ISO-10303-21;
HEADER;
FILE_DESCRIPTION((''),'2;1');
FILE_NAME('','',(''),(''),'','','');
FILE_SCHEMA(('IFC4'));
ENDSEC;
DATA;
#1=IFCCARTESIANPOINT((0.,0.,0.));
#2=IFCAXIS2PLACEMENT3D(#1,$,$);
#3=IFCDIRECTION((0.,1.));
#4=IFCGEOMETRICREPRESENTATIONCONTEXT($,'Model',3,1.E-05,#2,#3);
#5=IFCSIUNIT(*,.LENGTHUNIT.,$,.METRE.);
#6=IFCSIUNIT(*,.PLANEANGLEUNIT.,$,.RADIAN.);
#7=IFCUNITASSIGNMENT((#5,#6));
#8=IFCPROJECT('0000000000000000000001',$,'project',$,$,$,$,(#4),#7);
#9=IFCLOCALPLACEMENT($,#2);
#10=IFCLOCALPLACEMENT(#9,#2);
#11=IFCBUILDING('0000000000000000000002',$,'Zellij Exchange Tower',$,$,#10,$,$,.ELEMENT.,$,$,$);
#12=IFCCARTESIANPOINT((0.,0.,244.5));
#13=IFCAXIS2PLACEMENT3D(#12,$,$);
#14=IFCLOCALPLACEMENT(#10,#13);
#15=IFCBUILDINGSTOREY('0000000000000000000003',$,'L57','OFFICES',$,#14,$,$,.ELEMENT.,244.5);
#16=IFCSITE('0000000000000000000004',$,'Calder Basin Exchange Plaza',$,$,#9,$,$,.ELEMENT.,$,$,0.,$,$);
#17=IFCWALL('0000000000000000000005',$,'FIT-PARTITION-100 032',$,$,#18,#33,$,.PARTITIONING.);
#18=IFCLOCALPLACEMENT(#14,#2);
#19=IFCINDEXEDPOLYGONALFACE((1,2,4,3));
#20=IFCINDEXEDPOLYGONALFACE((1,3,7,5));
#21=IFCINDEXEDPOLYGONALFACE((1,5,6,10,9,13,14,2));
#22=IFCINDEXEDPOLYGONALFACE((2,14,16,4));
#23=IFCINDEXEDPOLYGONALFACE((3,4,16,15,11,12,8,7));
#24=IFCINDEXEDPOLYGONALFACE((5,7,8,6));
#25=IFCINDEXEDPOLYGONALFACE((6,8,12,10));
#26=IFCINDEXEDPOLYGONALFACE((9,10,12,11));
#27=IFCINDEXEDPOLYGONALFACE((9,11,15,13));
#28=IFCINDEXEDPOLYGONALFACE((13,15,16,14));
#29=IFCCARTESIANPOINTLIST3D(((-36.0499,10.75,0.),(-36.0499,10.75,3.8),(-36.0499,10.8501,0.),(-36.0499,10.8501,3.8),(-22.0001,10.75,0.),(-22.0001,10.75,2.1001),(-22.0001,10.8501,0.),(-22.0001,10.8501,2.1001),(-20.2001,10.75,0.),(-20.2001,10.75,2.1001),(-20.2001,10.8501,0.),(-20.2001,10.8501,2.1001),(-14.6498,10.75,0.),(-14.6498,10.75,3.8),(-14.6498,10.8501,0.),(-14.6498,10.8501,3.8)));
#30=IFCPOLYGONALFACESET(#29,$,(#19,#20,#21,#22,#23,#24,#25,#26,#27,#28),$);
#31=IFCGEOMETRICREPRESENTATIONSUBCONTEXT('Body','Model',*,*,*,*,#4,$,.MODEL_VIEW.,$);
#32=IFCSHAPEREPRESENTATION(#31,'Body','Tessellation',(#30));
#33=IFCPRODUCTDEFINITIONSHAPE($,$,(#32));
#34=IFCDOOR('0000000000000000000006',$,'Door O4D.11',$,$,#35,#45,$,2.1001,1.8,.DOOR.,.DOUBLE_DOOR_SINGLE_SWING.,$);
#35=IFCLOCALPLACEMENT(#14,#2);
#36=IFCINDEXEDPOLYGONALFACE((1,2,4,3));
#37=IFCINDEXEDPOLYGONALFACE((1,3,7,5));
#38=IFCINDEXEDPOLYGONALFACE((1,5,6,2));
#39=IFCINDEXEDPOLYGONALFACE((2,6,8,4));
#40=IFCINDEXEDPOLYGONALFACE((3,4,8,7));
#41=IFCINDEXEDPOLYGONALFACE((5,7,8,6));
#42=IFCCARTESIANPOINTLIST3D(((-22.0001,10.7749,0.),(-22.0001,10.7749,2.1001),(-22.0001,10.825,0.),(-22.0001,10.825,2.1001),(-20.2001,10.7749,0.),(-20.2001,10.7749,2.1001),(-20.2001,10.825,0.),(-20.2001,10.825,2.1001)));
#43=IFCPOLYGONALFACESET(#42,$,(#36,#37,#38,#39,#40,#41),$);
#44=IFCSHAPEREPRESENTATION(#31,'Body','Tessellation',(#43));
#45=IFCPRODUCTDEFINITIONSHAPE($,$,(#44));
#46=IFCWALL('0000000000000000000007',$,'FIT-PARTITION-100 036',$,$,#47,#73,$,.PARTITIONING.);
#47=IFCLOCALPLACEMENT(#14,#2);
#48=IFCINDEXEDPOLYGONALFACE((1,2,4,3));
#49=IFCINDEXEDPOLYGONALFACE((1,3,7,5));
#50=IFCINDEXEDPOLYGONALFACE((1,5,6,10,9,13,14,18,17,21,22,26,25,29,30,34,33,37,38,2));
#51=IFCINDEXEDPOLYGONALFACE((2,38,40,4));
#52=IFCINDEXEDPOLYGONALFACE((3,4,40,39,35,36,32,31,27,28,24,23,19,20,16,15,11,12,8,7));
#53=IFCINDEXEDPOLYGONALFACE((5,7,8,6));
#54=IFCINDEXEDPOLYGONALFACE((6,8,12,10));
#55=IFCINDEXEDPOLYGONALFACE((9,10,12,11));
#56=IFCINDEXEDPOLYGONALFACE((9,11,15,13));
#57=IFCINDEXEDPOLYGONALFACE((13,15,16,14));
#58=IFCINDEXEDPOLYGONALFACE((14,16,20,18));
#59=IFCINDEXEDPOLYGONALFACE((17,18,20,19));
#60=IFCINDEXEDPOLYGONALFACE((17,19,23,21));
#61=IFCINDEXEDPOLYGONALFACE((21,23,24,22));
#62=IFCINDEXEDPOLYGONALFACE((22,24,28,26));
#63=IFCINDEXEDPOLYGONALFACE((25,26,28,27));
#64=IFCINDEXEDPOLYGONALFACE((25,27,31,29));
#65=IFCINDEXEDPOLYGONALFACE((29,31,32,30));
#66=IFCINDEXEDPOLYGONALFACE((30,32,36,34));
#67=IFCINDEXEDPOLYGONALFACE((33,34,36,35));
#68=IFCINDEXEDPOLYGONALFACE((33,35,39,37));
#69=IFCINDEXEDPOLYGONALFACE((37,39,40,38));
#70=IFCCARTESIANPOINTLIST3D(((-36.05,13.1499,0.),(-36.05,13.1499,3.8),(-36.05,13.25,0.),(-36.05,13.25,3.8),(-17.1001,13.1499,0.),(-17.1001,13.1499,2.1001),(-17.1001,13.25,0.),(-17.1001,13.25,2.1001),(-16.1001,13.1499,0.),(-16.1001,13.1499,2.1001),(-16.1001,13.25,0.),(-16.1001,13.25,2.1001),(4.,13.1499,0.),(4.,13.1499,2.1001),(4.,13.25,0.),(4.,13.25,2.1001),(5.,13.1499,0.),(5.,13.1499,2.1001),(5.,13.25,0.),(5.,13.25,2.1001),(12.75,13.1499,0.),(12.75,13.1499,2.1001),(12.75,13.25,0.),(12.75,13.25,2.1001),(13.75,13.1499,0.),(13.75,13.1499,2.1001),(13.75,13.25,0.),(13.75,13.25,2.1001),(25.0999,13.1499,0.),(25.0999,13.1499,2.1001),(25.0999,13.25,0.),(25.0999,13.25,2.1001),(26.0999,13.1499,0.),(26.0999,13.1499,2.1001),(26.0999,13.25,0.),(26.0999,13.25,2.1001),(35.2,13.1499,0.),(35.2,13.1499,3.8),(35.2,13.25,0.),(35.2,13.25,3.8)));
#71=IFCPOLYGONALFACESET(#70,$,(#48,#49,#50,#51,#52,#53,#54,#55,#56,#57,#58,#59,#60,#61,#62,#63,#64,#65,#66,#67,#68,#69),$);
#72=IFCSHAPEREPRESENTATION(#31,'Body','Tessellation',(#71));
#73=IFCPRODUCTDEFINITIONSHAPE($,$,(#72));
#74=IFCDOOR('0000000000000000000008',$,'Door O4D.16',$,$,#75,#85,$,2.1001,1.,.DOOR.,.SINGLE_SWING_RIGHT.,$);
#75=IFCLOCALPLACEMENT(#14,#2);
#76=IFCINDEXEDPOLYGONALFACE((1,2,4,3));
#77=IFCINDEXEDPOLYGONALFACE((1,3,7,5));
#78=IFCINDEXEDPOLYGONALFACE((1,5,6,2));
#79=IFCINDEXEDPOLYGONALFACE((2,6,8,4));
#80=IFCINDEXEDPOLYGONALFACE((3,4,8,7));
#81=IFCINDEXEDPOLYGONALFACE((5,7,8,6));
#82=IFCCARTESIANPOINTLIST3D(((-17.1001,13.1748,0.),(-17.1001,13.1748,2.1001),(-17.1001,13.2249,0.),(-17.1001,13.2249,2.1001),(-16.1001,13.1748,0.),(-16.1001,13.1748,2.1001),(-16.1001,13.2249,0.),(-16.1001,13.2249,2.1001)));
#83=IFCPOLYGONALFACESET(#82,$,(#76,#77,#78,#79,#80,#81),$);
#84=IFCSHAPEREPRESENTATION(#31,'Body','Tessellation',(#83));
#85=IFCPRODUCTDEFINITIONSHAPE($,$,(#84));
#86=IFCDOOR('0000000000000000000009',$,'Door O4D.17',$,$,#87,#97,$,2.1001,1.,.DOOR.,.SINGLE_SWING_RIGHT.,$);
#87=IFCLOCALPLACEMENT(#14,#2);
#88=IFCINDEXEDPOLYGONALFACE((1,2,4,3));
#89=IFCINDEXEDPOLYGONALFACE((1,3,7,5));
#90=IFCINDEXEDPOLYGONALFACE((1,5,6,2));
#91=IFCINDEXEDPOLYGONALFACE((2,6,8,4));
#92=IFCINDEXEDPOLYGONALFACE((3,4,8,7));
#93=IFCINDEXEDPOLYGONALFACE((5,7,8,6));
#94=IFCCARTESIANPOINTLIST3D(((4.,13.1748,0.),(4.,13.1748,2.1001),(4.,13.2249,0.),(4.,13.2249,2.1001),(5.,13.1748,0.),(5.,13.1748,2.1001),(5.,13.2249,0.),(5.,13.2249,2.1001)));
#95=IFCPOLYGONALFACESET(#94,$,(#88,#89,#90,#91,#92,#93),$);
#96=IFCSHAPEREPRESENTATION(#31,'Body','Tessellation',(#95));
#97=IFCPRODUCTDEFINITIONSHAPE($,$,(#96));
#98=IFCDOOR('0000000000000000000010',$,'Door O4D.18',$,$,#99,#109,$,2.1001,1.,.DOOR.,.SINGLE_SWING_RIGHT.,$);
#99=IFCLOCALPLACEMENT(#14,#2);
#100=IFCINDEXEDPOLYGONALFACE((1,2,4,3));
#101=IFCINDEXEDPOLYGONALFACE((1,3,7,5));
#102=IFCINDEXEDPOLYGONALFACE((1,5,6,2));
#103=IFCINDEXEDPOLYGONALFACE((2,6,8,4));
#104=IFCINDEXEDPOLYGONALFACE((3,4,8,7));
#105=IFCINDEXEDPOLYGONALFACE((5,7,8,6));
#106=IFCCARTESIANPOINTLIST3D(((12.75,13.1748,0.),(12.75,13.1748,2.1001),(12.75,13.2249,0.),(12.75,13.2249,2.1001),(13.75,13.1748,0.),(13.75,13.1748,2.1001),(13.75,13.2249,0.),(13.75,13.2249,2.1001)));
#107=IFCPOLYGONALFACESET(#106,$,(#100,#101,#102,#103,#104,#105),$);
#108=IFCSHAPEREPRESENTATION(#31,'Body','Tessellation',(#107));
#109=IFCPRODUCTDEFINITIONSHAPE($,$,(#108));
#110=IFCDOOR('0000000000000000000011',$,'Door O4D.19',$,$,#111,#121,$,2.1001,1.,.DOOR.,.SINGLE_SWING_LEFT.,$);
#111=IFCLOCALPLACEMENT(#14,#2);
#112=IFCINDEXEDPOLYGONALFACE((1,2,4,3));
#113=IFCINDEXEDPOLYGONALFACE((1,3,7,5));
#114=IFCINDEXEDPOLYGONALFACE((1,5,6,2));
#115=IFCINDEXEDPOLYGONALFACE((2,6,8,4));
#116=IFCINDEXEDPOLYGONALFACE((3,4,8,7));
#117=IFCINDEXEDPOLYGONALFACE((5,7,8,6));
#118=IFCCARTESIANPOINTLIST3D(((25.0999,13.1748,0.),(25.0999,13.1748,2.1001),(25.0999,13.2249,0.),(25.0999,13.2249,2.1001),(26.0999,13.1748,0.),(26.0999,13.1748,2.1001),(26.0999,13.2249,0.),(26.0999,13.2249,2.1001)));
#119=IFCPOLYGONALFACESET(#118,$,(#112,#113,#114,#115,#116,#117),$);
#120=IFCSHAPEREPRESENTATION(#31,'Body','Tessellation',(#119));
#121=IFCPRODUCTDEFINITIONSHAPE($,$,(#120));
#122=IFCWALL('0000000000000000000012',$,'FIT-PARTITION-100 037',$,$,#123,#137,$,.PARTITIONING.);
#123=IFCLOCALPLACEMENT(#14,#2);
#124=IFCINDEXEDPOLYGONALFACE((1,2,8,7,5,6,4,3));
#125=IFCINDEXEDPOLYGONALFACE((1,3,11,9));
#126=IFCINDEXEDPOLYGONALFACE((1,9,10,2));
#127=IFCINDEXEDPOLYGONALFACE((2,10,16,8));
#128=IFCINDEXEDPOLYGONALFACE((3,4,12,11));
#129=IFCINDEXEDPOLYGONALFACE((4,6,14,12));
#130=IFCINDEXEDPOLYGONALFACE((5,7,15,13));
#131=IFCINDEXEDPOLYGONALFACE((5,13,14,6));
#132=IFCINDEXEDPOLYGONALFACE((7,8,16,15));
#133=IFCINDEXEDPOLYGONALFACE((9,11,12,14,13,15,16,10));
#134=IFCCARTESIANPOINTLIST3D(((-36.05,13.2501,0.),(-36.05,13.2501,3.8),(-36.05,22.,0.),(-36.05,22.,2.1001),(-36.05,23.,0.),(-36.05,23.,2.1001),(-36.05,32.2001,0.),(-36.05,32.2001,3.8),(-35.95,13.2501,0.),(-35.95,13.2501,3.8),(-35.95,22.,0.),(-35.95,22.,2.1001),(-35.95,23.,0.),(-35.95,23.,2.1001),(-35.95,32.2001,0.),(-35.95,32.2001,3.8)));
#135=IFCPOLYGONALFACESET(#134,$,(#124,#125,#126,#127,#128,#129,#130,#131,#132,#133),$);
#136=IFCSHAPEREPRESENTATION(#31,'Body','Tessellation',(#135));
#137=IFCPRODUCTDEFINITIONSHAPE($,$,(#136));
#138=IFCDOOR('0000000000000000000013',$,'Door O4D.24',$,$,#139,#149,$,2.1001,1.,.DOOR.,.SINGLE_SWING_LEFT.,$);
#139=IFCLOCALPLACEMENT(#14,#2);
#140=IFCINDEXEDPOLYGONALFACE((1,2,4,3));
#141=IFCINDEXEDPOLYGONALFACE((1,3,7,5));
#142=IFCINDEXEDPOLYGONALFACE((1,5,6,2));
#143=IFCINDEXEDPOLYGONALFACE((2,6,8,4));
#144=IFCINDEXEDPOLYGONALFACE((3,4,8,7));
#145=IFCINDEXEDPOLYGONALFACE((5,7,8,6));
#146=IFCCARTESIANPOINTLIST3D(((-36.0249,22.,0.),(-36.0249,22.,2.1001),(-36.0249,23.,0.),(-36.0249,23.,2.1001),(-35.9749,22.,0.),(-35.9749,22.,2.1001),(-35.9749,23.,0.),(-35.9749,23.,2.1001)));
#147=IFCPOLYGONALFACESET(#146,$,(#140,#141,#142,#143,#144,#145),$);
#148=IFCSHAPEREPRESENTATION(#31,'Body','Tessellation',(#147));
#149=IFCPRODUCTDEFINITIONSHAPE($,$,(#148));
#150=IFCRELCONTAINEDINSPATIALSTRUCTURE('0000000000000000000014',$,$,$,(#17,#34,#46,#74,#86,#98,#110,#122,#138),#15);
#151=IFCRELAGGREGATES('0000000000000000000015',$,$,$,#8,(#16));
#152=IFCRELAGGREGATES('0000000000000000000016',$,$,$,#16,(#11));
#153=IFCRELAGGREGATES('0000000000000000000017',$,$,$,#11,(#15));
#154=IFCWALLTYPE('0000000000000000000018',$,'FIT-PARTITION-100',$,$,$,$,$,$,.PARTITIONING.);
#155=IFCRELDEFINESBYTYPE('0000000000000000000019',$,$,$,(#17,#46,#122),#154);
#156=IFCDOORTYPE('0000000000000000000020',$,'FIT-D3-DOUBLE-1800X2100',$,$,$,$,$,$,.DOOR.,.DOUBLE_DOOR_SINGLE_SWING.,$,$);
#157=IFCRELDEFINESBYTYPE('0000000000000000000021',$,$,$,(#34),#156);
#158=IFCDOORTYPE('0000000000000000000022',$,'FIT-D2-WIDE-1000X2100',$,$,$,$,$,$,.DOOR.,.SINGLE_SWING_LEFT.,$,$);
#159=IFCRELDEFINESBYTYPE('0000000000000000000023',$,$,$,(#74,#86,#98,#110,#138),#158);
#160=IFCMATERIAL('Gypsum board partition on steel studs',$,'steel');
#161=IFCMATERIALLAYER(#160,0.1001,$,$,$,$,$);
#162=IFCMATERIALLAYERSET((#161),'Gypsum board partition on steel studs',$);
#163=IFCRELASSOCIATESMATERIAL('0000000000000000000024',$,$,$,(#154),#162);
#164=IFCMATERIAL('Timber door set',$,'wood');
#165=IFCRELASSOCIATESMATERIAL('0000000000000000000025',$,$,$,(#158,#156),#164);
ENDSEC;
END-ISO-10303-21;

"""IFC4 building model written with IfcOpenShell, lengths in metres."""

from ifc_helpers import new_model, si_unit, direction, frame, frame_2d, origin, place, context, subcontext, project, spatial, rectangle, extrude, material, layer, layer_set, type_object, element, fill, save


model = new_model("IFC4")

# Units and contexts
model_context = context("Model", 3, precision=1e-05, world=origin(), true_north=direction((0.0, 1.0)))
body_context = subcontext(model_context, "Body", "Model", "MODEL_VIEW")
ifc_project = project(units=[si_unit("LENGTHUNIT", "METRE"), si_unit("PLANEANGLEUNIT", "RADIAN")], contexts=[model_context])

# Site, building, storey
site_placement = place(None, origin())
site = spatial("IfcSite", under=ifc_project, at=site_placement, Name="Calder Basin Exchange Plaza", CompositionType="ELEMENT", RefElevation=0.0)
building_placement = place(site_placement, origin())
building = spatial("IfcBuilding", under=site, at=building_placement, Name="Zellij Exchange Tower", CompositionType="ELEMENT")
storey_placement = place(building_placement, frame((0.0, 0.0, 244.5)))
storey = spatial("IfcBuildingStorey", under=building, at=storey_placement, Name="L57", Description="OFFICES", CompositionType="ELEMENT", Elevation=244.5)

# Shared definitions
ifc_material_1 = material(Name="Gypsum board partition on steel studs", Category="steel")
ifc_layer_1 = layer(ifc_material_1, 0.1001)
ifc_layer_set_1 = layer_set([ifc_layer_1], Name="Gypsum board partition on steel studs")
wall_type_1 = type_object("IfcWallType", Name="FIT-PARTITION-100", PredefinedType="PARTITIONING", material=ifc_layer_set_1)

# Shared definitions
ifc_material_2 = material(Name="Timber door set", Category="wood")
door_type_1 = type_object("IfcDoorType", Name="FIT-D2-WIDE-1000X2100", OperationType="SINGLE_SWING_LEFT", PredefinedType="DOOR", material=ifc_material_2)

# Wall, opening, door
wall_1_placement = place(storey_placement, frame((-36.05, 10.8, 0.0), z_axis=(0.0, 0.0, 1.0), x_axis=(1.0, 0.0, 0.0)))
wall_1 = element("IfcWall", 1, at=wall_1_placement, inside=storey, type_object=wall_type_1, Name="FIT-PARTITION-100 032", PredefinedType="PARTITIONING", context=body_context, shape_type="SweptSolid", body=[
    extrude(rectangle(XDim=21.4001, YDim=0.1001, at=frame_2d((10.7002, 0.0))), origin(), (0.0, 0.0, 1.0), 3.8),
])
opening_1_placement = place(wall_1_placement, frame((14.05, 0.0, 0.0)))
opening_1 = element("IfcOpeningElement", 2, at=opening_1_placement, cuts=wall_1, PredefinedType="OPENING", context=body_context, shape_type="SweptSolid", body=[
    extrude(rectangle(XDim=1.8, YDim=2.1001, at=frame_2d((0.8999, 1.05))), frame((0.0, 0.062, 0.0), z_axis=(0.0, -1.0, 0.0), x_axis=(1.0, 0.0, 0.0)), (0.0, 0.0, 1.0), 0.124),
])
door_type_2 = type_object("IfcDoorType", Name="FIT-D3-DOUBLE-1800X2100", OperationType="DOUBLE_DOOR_SINGLE_SWING", PredefinedType="DOOR", material=ifc_material_2)
door_1_placement = place(opening_1_placement, origin())
door_1 = element("IfcDoor", 3, at=door_1_placement, inside=storey, type_object=door_type_2, Name="Door O4D.11", OperationType="DOUBLE_DOOR_SINGLE_SWING", OverallHeight=2.1001, OverallWidth=1.8, PredefinedType="DOOR", context=body_context, shape_type="SweptSolid", body=[
    extrude(rectangle(XDim=1.8, YDim=2.1001, at=frame_2d((0.8999, 1.05))), frame((0.0, 0.0249, 0.0), z_axis=(0.0, -1.0, 0.0), x_axis=(1.0, 0.0, 0.0)), (0.0, 0.0, 1.0), 0.05),
])
fill(opening_1, door_1)

# Wall, openings, doors
wall_2_placement = place(storey_placement, frame((-36.05, 13.2, 0.0), z_axis=(0.0, 0.0, 1.0), x_axis=(1.0, 0.0, 0.0)))
wall_2 = element("IfcWall", 4, at=wall_2_placement, inside=storey, type_object=wall_type_1, Name="FIT-PARTITION-100 036", PredefinedType="PARTITIONING", context=body_context, shape_type="SweptSolid", body=[
    extrude(rectangle(XDim=71.25, YDim=0.1001, at=frame_2d((35.625, 0.0))), origin(), (0.0, 0.0, 1.0), 3.8),
])
opening_2_placement = place(wall_2_placement, frame((18.95, 0.0, 0.0)))
opening_2 = element("IfcOpeningElement", 5, at=opening_2_placement, cuts=wall_2, PredefinedType="OPENING", context=body_context, shape_type="SweptSolid", body=[
    extrude(rectangle(XDim=1.0, YDim=2.1001, at=frame_2d((0.5, 1.05))), frame((0.0, 0.062, 0.0), z_axis=(0.0, -1.0, 0.0), x_axis=(1.0, 0.0, 0.0)), (0.0, 0.0, 1.0), 0.124),
])
opening_3_placement = place(wall_2_placement, frame((40.05, 0.0, 0.0)))
opening_3 = element("IfcOpeningElement", 6, at=opening_3_placement, cuts=wall_2, PredefinedType="OPENING", context=body_context, shape_type="SweptSolid", body=[
    extrude(rectangle(XDim=1.0, YDim=2.1001, at=frame_2d((0.5, 1.05))), frame((0.0, 0.062, 0.0), z_axis=(0.0, -1.0, 0.0), x_axis=(1.0, 0.0, 0.0)), (0.0, 0.0, 1.0), 0.124),
])
opening_4_placement = place(wall_2_placement, frame((48.8, 0.0, 0.0)))
opening_4 = element("IfcOpeningElement", 7, at=opening_4_placement, cuts=wall_2, PredefinedType="OPENING", context=body_context, shape_type="SweptSolid", body=[
    extrude(rectangle(XDim=1.0, YDim=2.1001, at=frame_2d((0.5, 1.05))), frame((0.0, 0.062, 0.0), z_axis=(0.0, -1.0, 0.0), x_axis=(1.0, 0.0, 0.0)), (0.0, 0.0, 1.0), 0.124),
])
opening_5_placement = place(wall_2_placement, frame((61.1499, 0.0, 0.0)))
opening_5 = element("IfcOpeningElement", 8, at=opening_5_placement, cuts=wall_2, PredefinedType="OPENING", context=body_context, shape_type="SweptSolid", body=[
    extrude(rectangle(XDim=1.0, YDim=2.1001, at=frame_2d((0.5, 1.05))), frame((0.0, 0.062, 0.0), z_axis=(0.0, -1.0, 0.0), x_axis=(1.0, 0.0, 0.0)), (0.0, 0.0, 1.0), 0.124),
])
door_2_placement = place(opening_2_placement, origin())
door_2 = element("IfcDoor", 9, at=door_2_placement, inside=storey, type_object=door_type_1, Name="Door O4D.16", OperationType="SINGLE_SWING_RIGHT", OverallHeight=2.1001, OverallWidth=1.0, PredefinedType="DOOR", context=body_context, shape_type="SweptSolid", body=[
    extrude(rectangle(XDim=1.0, YDim=2.1001, at=frame_2d((0.5, 1.05))), frame((0.0, 0.0249, 0.0), z_axis=(0.0, -1.0, 0.0), x_axis=(1.0, 0.0, 0.0)), (0.0, 0.0, 1.0), 0.05),
])
fill(opening_2, door_2)
door_3_placement = place(opening_3_placement, origin())
door_3 = element("IfcDoor", 10, at=door_3_placement, inside=storey, type_object=door_type_1, Name="Door O4D.17", OperationType="SINGLE_SWING_RIGHT", OverallHeight=2.1001, OverallWidth=1.0, PredefinedType="DOOR", context=body_context, shape_type="SweptSolid", body=[
    extrude(rectangle(XDim=1.0, YDim=2.1001, at=frame_2d((0.5, 1.05))), frame((0.0, 0.0249, 0.0), z_axis=(0.0, -1.0, 0.0), x_axis=(1.0, 0.0, 0.0)), (0.0, 0.0, 1.0), 0.05),
])
fill(opening_3, door_3)
door_4_placement = place(opening_4_placement, origin())
door_4 = element("IfcDoor", 11, at=door_4_placement, inside=storey, type_object=door_type_1, Name="Door O4D.18", OperationType="SINGLE_SWING_RIGHT", OverallHeight=2.1001, OverallWidth=1.0, PredefinedType="DOOR", context=body_context, shape_type="SweptSolid", body=[
    extrude(rectangle(XDim=1.0, YDim=2.1001, at=frame_2d((0.5, 1.05))), frame((0.0, 0.0249, 0.0), z_axis=(0.0, -1.0, 0.0), x_axis=(1.0, 0.0, 0.0)), (0.0, 0.0, 1.0), 0.05),
])
fill(opening_4, door_4)
door_5_placement = place(opening_5_placement, origin())
door_5 = element("IfcDoor", 12, at=door_5_placement, inside=storey, type_object=door_type_1, Name="Door O4D.19", OperationType="SINGLE_SWING_LEFT", OverallHeight=2.1001, OverallWidth=1.0, PredefinedType="DOOR", context=body_context, shape_type="SweptSolid", body=[
    extrude(rectangle(XDim=1.0, YDim=2.1001, at=frame_2d((0.5, 1.05))), frame((0.0, 0.0249, 0.0), z_axis=(0.0, -1.0, 0.0), x_axis=(1.0, 0.0, 0.0)), (0.0, 0.0, 1.0), 0.05),
])
fill(opening_5, door_5)

# Wall, opening, door
wall_3_placement = place(storey_placement, frame((-36.0, 13.25, 0.0), z_axis=(0.0, 0.0, 1.0), x_axis=(0.0, 1.0, 0.0)))
wall_3 = element("IfcWall", 13, at=wall_3_placement, inside=storey, type_object=wall_type_1, Name="FIT-PARTITION-100 037", PredefinedType="PARTITIONING", context=body_context, shape_type="SweptSolid", body=[
    extrude(rectangle(XDim=18.95, YDim=0.1001, at=frame_2d((9.4751, 0.0))), origin(), (0.0, 0.0, 1.0), 3.8),
])
opening_6_placement = place(wall_3_placement, frame((8.75, 0.0, 0.0)))
opening_6 = element("IfcOpeningElement", 14, at=opening_6_placement, cuts=wall_3, PredefinedType="OPENING", context=body_context, shape_type="SweptSolid", body=[
    extrude(rectangle(XDim=1.0, YDim=2.1001, at=frame_2d((0.5, 1.05))), frame((0.0, 0.062, 0.0), z_axis=(0.0, -1.0, 0.0), x_axis=(1.0, 0.0, 0.0)), (0.0, 0.0, 1.0), 0.124),
])
door_6_placement = place(opening_6_placement, origin())
door_6 = element("IfcDoor", 15, at=door_6_placement, inside=storey, type_object=door_type_1, Name="Door O4D.24", OperationType="SINGLE_SWING_LEFT", OverallHeight=2.1001, OverallWidth=1.0, PredefinedType="DOOR", context=body_context, shape_type="SweptSolid", body=[
    extrude(rectangle(XDim=1.0, YDim=2.1001, at=frame_2d((0.5, 1.05))), frame((0.0, 0.0249, 0.0), z_axis=(0.0, -1.0, 0.0), x_axis=(1.0, 0.0, 0.0)), (0.0, 0.0, 1.0), 0.05),
])
fill(opening_6, door_6)

save(model, "model.ifc")
